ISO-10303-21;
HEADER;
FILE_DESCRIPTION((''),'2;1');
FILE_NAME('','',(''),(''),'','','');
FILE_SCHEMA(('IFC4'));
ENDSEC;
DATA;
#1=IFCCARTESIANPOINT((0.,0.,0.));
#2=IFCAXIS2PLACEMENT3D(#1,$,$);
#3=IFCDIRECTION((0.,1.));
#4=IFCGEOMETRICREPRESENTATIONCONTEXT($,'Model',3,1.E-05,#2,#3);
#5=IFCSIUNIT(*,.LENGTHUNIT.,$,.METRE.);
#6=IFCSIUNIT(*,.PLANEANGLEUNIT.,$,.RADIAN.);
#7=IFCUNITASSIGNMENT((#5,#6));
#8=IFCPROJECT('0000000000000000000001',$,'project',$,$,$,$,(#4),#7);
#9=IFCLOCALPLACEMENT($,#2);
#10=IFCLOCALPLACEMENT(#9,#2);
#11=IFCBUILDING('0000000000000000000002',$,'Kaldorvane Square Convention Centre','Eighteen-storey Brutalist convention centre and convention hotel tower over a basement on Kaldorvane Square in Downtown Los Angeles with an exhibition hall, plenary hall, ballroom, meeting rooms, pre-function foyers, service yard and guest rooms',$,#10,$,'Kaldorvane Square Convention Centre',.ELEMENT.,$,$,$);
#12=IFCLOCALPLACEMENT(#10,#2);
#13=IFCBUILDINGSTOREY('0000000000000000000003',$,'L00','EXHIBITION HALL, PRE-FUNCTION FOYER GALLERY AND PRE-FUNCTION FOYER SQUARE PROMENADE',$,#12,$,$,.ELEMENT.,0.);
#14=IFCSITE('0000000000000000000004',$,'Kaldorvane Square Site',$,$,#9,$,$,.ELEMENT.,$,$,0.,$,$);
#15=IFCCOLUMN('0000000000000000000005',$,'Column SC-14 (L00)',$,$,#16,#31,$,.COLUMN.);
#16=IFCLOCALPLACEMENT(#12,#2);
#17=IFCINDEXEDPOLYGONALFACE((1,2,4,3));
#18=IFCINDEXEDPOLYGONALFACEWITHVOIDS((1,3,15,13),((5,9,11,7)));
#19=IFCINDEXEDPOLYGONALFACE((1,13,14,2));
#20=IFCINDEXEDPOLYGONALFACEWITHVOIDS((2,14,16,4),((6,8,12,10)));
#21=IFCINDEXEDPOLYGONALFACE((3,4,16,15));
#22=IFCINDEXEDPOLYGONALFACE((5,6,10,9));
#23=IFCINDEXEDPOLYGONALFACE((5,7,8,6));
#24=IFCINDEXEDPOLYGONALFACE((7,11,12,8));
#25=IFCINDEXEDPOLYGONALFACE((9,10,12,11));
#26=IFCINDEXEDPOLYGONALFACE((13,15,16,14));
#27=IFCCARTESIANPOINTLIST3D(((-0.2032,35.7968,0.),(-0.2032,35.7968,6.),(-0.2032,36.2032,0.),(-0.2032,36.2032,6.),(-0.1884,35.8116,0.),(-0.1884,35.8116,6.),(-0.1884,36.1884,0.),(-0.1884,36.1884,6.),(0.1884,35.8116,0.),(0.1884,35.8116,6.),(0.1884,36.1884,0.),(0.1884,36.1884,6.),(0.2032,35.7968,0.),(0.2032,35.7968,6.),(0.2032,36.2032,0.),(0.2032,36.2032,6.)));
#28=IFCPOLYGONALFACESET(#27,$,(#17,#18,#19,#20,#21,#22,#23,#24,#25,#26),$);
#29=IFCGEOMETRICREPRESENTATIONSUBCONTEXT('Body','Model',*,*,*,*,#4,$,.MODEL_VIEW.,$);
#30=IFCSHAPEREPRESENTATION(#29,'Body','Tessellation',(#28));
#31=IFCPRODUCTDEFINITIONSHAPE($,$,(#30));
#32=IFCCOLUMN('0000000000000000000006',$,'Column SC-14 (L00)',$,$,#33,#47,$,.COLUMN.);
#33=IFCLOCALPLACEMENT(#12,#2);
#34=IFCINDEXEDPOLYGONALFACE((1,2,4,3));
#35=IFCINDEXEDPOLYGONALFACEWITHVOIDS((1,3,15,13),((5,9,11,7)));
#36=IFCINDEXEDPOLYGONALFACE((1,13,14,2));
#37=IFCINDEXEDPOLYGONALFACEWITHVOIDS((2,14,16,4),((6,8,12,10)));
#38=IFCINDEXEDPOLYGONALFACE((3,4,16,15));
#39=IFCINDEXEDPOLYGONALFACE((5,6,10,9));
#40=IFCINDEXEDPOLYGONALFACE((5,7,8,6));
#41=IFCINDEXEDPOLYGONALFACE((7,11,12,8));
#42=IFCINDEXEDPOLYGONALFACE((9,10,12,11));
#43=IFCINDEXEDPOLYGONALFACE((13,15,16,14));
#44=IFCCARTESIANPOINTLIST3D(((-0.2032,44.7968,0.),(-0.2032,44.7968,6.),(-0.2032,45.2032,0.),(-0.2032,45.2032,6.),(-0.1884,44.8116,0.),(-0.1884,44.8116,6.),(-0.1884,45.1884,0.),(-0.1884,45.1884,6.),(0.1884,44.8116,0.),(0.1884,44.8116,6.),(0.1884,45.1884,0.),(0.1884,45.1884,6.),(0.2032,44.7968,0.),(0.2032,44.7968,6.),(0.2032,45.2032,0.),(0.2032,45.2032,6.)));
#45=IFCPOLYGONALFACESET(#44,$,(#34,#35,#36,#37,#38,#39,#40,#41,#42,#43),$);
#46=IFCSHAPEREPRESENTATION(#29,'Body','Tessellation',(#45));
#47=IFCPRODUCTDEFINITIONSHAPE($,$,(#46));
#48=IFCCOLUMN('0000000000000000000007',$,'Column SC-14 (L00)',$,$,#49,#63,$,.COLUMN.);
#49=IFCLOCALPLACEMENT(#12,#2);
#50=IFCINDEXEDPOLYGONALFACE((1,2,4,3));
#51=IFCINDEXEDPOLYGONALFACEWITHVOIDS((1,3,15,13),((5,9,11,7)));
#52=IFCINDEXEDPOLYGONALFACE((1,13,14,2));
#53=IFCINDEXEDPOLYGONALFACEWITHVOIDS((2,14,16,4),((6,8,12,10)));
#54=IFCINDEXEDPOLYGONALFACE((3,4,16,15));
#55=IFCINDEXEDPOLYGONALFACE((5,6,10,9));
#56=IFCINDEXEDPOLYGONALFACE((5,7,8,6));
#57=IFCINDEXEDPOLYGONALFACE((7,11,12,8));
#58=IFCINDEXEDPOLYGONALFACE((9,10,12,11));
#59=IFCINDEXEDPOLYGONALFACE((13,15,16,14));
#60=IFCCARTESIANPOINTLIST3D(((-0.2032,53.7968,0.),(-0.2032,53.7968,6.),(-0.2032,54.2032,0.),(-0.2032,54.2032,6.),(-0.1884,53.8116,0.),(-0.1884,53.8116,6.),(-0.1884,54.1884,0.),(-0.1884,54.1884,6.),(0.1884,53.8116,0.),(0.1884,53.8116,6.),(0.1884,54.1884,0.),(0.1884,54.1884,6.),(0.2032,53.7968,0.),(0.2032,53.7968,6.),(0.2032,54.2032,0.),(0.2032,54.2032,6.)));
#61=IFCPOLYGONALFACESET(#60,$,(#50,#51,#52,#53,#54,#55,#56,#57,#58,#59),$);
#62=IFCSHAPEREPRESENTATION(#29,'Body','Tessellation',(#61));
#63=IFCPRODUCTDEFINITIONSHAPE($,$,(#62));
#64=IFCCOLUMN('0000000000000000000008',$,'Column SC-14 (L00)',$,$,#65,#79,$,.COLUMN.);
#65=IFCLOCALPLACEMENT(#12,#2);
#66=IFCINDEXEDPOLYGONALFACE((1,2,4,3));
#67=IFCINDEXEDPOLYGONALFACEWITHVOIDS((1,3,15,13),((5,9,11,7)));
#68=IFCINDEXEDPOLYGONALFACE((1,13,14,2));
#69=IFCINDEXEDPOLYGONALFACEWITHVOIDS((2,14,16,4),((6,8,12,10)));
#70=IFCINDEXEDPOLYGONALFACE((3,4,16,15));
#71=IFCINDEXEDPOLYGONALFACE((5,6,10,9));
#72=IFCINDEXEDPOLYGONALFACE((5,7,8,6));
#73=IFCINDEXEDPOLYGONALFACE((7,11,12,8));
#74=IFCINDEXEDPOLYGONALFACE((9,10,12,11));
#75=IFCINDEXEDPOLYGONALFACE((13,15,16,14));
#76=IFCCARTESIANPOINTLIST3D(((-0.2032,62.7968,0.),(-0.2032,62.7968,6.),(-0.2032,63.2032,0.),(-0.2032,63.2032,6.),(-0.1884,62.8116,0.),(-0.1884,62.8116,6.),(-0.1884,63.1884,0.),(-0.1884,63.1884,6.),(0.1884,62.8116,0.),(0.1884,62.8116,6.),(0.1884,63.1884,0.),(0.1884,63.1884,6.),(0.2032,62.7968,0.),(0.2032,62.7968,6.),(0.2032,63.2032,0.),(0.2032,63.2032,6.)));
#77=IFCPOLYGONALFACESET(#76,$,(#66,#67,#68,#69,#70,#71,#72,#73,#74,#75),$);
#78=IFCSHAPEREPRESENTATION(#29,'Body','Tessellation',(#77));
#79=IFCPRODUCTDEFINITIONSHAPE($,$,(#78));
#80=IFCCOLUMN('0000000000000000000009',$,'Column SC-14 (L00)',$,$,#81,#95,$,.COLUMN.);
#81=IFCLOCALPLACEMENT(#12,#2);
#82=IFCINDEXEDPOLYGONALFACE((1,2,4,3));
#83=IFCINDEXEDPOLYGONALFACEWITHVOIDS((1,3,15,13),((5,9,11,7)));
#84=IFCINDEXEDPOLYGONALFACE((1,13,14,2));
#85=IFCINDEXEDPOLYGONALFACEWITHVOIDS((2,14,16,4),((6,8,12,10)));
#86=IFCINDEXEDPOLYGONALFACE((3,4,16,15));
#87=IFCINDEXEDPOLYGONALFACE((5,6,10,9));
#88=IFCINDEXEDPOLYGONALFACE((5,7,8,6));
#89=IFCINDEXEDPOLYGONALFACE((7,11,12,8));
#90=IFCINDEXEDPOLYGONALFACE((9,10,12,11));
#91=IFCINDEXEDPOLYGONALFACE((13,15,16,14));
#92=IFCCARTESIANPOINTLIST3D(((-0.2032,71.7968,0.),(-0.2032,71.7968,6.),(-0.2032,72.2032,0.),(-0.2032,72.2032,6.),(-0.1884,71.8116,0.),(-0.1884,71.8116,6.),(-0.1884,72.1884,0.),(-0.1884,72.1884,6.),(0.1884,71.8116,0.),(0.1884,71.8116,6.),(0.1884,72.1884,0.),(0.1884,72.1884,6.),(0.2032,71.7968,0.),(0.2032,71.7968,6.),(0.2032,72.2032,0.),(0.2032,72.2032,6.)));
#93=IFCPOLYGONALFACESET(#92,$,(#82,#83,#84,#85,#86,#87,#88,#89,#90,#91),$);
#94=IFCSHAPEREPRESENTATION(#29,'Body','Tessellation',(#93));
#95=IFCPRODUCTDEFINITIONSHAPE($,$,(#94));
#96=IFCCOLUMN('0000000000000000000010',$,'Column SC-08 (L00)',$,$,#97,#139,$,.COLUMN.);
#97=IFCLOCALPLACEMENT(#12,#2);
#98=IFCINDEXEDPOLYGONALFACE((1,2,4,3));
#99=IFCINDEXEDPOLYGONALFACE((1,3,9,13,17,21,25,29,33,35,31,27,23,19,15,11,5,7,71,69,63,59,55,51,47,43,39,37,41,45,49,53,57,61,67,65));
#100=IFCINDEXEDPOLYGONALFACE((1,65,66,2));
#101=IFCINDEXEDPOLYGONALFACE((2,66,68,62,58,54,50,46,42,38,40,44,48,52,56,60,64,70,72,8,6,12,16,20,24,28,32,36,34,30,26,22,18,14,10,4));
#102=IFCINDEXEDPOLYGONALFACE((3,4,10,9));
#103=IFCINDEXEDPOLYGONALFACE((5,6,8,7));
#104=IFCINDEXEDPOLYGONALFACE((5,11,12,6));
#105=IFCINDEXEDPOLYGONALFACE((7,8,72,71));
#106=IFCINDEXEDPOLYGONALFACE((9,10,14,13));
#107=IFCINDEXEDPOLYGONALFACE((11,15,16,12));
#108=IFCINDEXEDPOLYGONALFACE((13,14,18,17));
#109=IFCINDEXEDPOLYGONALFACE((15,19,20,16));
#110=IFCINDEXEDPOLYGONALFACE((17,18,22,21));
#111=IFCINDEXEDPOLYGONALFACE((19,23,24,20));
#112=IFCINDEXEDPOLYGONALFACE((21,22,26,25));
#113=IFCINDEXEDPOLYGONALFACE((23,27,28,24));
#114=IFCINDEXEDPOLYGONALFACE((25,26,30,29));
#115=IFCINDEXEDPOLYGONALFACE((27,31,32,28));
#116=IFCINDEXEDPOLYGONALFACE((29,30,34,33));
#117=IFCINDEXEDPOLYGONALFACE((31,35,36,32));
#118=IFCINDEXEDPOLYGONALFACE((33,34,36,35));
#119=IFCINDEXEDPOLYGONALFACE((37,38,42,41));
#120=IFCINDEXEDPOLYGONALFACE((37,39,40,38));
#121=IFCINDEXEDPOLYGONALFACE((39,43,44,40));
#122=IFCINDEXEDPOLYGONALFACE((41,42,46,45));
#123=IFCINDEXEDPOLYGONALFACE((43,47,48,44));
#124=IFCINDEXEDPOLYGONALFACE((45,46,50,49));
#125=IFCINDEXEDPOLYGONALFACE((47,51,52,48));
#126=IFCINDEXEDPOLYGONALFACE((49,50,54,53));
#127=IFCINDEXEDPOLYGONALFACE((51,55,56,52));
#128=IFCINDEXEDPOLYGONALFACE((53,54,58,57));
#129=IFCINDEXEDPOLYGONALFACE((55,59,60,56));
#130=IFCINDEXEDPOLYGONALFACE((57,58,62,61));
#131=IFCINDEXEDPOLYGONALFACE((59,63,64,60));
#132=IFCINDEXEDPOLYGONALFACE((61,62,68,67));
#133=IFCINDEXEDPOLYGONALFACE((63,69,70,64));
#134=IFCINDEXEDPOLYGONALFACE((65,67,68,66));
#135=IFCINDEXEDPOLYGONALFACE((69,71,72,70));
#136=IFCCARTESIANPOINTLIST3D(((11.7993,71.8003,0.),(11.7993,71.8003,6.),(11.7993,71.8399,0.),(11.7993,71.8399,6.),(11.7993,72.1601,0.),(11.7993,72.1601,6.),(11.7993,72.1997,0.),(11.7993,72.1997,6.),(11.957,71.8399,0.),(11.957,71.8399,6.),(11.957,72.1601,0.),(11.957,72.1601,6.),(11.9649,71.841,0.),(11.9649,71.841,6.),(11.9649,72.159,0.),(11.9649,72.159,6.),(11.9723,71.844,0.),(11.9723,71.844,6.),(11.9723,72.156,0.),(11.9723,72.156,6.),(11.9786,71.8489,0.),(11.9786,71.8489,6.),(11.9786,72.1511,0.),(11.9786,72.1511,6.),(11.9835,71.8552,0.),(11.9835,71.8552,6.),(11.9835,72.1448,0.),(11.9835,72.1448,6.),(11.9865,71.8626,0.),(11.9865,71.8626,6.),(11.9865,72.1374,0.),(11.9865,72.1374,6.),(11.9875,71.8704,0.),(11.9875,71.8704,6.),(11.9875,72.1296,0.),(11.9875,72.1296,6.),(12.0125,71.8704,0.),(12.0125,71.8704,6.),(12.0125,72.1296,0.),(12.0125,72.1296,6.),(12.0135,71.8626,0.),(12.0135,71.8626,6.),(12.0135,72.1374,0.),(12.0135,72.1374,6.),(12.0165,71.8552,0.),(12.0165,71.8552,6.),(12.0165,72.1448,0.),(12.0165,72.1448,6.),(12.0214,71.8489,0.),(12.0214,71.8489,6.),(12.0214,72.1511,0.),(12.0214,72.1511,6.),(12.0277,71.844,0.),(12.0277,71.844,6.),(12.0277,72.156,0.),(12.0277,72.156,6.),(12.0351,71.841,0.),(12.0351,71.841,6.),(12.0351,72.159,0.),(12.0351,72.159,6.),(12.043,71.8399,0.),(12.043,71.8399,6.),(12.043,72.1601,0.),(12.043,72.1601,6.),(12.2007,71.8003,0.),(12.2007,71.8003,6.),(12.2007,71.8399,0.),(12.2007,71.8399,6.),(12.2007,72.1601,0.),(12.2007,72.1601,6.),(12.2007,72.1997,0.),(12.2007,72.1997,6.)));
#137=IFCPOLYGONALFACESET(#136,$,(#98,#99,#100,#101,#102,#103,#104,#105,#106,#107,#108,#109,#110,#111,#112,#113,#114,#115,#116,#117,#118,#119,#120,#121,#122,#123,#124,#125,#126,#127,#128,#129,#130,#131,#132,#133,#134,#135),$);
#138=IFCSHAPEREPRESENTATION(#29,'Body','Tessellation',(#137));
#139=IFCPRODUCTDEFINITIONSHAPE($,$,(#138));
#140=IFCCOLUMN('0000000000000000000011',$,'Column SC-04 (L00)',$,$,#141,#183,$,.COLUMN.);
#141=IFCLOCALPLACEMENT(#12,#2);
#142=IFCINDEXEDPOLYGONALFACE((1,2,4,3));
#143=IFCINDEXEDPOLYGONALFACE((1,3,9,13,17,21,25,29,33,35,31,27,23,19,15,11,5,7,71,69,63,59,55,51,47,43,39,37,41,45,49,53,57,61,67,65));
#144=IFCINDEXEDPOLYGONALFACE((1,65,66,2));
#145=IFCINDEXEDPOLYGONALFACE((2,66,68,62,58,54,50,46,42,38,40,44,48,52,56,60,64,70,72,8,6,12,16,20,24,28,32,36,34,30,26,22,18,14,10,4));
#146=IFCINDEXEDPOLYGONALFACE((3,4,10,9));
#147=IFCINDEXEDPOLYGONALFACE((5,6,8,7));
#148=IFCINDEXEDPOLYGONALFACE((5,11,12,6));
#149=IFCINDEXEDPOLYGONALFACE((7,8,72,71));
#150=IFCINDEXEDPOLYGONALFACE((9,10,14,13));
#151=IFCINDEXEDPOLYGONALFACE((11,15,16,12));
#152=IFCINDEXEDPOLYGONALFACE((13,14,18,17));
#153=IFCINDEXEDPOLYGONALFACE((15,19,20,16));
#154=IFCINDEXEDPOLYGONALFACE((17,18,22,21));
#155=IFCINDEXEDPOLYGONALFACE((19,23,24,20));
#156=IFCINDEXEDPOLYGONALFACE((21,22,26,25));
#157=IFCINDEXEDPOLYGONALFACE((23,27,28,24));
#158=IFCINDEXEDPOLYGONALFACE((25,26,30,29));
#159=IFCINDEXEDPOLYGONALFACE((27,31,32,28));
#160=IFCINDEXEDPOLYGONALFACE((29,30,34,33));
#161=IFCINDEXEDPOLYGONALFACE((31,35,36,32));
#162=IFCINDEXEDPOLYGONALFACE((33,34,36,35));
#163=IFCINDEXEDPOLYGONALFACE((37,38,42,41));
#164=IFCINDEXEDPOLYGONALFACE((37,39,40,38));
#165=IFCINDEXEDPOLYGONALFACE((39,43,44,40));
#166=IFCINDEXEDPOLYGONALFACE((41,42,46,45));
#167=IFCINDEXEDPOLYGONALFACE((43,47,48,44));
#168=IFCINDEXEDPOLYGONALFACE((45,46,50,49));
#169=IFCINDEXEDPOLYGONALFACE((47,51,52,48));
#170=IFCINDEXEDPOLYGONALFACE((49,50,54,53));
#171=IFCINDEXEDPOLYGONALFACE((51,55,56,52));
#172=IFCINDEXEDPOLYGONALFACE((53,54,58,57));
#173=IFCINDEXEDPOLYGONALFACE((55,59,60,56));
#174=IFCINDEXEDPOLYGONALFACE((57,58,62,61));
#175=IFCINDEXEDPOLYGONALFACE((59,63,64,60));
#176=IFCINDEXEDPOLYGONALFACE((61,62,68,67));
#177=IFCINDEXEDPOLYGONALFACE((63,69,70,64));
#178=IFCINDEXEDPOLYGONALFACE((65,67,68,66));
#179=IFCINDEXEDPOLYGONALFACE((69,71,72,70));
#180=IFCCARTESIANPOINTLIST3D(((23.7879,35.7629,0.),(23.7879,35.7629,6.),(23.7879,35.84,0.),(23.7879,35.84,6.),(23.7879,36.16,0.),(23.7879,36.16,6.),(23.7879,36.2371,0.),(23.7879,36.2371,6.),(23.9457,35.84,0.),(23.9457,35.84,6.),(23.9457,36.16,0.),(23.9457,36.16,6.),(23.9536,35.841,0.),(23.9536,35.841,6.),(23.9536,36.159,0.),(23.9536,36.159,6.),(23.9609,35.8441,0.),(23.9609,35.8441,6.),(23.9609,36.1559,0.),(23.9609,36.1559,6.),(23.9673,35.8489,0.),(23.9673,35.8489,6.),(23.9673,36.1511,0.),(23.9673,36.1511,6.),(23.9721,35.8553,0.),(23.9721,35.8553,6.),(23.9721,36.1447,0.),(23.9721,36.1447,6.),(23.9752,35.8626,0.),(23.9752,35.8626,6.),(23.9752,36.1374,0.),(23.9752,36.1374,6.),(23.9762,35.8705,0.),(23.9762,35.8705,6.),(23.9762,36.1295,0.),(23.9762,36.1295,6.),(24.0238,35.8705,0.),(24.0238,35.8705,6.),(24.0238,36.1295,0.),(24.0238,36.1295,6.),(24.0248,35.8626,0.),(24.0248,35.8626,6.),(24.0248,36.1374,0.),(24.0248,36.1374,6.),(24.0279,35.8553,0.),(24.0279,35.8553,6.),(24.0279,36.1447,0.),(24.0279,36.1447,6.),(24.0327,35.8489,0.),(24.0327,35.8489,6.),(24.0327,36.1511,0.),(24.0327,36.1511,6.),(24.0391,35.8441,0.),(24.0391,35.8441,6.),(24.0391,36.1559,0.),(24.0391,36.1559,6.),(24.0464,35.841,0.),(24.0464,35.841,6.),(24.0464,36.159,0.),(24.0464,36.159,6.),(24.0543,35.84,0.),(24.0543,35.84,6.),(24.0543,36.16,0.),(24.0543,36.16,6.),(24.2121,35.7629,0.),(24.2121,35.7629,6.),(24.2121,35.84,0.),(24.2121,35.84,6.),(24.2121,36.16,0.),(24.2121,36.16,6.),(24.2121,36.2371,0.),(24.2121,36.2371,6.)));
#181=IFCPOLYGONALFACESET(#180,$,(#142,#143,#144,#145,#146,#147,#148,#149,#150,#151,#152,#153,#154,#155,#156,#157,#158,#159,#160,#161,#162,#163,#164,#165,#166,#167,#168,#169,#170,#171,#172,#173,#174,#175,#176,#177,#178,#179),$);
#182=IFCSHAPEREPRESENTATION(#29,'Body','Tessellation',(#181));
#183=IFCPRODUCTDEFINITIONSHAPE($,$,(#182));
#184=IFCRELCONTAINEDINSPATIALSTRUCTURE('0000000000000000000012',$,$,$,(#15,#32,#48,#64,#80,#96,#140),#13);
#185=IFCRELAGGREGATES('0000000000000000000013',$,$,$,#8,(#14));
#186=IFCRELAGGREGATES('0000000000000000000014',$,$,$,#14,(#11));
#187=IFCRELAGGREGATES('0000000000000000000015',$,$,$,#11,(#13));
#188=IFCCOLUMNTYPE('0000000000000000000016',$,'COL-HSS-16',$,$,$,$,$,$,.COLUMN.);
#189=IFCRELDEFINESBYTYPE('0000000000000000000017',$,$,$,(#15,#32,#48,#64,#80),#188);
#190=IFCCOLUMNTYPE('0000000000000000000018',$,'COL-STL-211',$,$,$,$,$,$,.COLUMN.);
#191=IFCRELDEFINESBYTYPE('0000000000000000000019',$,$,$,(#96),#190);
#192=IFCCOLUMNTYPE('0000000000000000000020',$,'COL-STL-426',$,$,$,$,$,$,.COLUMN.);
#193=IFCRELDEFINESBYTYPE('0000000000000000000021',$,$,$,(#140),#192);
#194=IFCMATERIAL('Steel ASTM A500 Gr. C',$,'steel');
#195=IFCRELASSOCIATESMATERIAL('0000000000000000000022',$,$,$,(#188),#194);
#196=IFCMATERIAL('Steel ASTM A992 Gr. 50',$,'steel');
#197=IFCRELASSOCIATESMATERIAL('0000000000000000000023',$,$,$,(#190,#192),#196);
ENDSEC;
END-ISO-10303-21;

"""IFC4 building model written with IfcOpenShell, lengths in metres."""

from ifc_helpers import new_model, si_unit, direction, frame, origin, origin_2d, place, context, subcontext, project, spatial, hollow_rectangle, i_section, extrude, material, material_profile, profile_set, type_object, element, save


model = new_model("IFC4")

# Units and contexts
model_context = context("Model", 3, precision=1e-05, world=origin(), true_north=direction((0.0, 1.0)))
body_context = subcontext(model_context, "Body", "Model", "MODEL_VIEW")
ifc_project = project(units=[si_unit("LENGTHUNIT", "METRE"), si_unit("PLANEANGLEUNIT", "RADIAN")], contexts=[model_context])

# Site, building, storey
site_placement = place(None, origin())
site = spatial("IfcSite", under=ifc_project, at=site_placement, Name="Kaldorvane Square Site", CompositionType="ELEMENT", RefElevation=0.0)
building_placement = place(site_placement, origin())
building = spatial("IfcBuilding", under=site, at=building_placement, Name="Kaldorvane Square Convention Centre", Description="Eighteen-storey Brutalist convention centre and convention hotel tower over a basement on Kaldorvane Square in Downtown Los Angeles with an exhibition hall, plenary hall, ballroom, meeting rooms, pre-function foyers, service yard and guest rooms", LongName="Kaldorvane Square Convention Centre", CompositionType="ELEMENT")
storey_placement = place(building_placement, origin())
storey = spatial("IfcBuildingStorey", under=building, at=storey_placement, Name="L00", Description="EXHIBITION HALL, PRE-FUNCTION FOYER GALLERY AND PRE-FUNCTION FOYER SQUARE PROMENADE", CompositionType="ELEMENT", Elevation=0.0)

# Columns
ifc_material_1 = material(Name="Steel ASTM A500 Gr. C", Category="steel")
ifc_material_profile_1 = material_profile(ifc_material_1, hollow_rectangle(XDim=0.4064, YDim=0.4064, WallThickness=0.0148, at=origin_2d()), Name="HSS16X16X5/8")
ifc_profile_set_1 = profile_set([ifc_material_profile_1], Name="Steel ASTM A500 Gr. C")
column_type_1 = type_object("IfcColumnType", Name="COL-HSS-16", PredefinedType="COLUMN", material=ifc_profile_set_1)
for number, where, z_axis, x_axis, name in (
    (1, (0.0, 36.0, 0.0), (0.0, 0.0, 1.0), (1.0, 0.0, 0.0), "Column SC-14 (L00)"),
    (2, (0.0, 45.0, 0.0), (0.0, 0.0, 1.0), (1.0, 0.0, 0.0), "Column SC-14 (L00)"),
    (3, (0.0, 54.0, 0.0), (0.0, 0.0, 1.0), (1.0, 0.0, 0.0), "Column SC-14 (L00)"),
    (4, (0.0, 63.0, 0.0), (0.0, 0.0, 1.0), (1.0, 0.0, 0.0), "Column SC-14 (L00)"),
    (5, (0.0, 72.0, 0.0), (0.0, 0.0, 1.0), (1.0, 0.0, 0.0), "Column SC-14 (L00)"),
):
    element("IfcColumn", number, at=place(storey_placement, frame(where, z_axis=z_axis, x_axis=x_axis)), inside=storey, type_object=column_type_1, Name=name, PredefinedType="COLUMN", context=body_context, shape_type="SweptSolid", body=[
        extrude(hollow_rectangle(XDim=0.4064, YDim=0.4064, WallThickness=0.0148, at=origin_2d()), origin(), (0.0, 0.0, 1.0), 6.0),
    ])
ifc_material_2 = material(Name="Steel ASTM A992 Gr. 50", Category="steel")
ifc_material_profile_2 = material_profile(ifc_material_2, i_section(OverallWidth=0.4013, OverallDepth=0.3993, WebThickness=0.0249, FlangeThickness=0.0396, FilletRadius=0.0305, at=origin_2d()), Name="W14X211")
ifc_profile_set_2 = profile_set([ifc_material_profile_2], Name="Steel ASTM A992 Gr. 50")
column_type_2 = type_object("IfcColumnType", Name="COL-STL-211", PredefinedType="COLUMN", material=ifc_profile_set_2)
column_1_placement = place(storey_placement, frame((12.0, 72.0, 0.0), z_axis=(0.0, 0.0, 1.0), x_axis=(1.0, 0.0, 0.0)))
element("IfcColumn", 6, at=column_1_placement, inside=storey, type_object=column_type_2, Name="Column SC-08 (L00)", PredefinedType="COLUMN", context=body_context, shape_type="SweptSolid", body=[
    extrude(i_section(OverallWidth=0.4013, OverallDepth=0.3993, WebThickness=0.0249, FlangeThickness=0.0396, FilletRadius=0.0305, at=origin_2d()), origin(), (0.0, 0.0, 1.0), 6.0),
])
ifc_material_profile_3 = material_profile(ifc_material_2, i_section(OverallWidth=0.4241, OverallDepth=0.4742, WebThickness=0.0476, FlangeThickness=0.0771, FilletRadius=0.0305, at=origin_2d()), Name="W14X426")
ifc_profile_set_3 = profile_set([ifc_material_profile_3], Name="Steel ASTM A992 Gr. 50")
column_type_3 = type_object("IfcColumnType", Name="COL-STL-426", PredefinedType="COLUMN", material=ifc_profile_set_3)
column_2_placement = place(storey_placement, frame((24.0, 36.0, 0.0), z_axis=(0.0, 0.0, 1.0), x_axis=(1.0, 0.0, 0.0)))
element("IfcColumn", 7, at=column_2_placement, inside=storey, type_object=column_type_3, Name="Column SC-04 (L00)", PredefinedType="COLUMN", context=body_context, shape_type="SweptSolid", body=[
    extrude(i_section(OverallWidth=0.4241, OverallDepth=0.4742, WebThickness=0.0476, FlangeThickness=0.0771, FilletRadius=0.0305, at=origin_2d()), origin(), (0.0, 0.0, 1.0), 6.0),
])

save(model, "model.ifc")
